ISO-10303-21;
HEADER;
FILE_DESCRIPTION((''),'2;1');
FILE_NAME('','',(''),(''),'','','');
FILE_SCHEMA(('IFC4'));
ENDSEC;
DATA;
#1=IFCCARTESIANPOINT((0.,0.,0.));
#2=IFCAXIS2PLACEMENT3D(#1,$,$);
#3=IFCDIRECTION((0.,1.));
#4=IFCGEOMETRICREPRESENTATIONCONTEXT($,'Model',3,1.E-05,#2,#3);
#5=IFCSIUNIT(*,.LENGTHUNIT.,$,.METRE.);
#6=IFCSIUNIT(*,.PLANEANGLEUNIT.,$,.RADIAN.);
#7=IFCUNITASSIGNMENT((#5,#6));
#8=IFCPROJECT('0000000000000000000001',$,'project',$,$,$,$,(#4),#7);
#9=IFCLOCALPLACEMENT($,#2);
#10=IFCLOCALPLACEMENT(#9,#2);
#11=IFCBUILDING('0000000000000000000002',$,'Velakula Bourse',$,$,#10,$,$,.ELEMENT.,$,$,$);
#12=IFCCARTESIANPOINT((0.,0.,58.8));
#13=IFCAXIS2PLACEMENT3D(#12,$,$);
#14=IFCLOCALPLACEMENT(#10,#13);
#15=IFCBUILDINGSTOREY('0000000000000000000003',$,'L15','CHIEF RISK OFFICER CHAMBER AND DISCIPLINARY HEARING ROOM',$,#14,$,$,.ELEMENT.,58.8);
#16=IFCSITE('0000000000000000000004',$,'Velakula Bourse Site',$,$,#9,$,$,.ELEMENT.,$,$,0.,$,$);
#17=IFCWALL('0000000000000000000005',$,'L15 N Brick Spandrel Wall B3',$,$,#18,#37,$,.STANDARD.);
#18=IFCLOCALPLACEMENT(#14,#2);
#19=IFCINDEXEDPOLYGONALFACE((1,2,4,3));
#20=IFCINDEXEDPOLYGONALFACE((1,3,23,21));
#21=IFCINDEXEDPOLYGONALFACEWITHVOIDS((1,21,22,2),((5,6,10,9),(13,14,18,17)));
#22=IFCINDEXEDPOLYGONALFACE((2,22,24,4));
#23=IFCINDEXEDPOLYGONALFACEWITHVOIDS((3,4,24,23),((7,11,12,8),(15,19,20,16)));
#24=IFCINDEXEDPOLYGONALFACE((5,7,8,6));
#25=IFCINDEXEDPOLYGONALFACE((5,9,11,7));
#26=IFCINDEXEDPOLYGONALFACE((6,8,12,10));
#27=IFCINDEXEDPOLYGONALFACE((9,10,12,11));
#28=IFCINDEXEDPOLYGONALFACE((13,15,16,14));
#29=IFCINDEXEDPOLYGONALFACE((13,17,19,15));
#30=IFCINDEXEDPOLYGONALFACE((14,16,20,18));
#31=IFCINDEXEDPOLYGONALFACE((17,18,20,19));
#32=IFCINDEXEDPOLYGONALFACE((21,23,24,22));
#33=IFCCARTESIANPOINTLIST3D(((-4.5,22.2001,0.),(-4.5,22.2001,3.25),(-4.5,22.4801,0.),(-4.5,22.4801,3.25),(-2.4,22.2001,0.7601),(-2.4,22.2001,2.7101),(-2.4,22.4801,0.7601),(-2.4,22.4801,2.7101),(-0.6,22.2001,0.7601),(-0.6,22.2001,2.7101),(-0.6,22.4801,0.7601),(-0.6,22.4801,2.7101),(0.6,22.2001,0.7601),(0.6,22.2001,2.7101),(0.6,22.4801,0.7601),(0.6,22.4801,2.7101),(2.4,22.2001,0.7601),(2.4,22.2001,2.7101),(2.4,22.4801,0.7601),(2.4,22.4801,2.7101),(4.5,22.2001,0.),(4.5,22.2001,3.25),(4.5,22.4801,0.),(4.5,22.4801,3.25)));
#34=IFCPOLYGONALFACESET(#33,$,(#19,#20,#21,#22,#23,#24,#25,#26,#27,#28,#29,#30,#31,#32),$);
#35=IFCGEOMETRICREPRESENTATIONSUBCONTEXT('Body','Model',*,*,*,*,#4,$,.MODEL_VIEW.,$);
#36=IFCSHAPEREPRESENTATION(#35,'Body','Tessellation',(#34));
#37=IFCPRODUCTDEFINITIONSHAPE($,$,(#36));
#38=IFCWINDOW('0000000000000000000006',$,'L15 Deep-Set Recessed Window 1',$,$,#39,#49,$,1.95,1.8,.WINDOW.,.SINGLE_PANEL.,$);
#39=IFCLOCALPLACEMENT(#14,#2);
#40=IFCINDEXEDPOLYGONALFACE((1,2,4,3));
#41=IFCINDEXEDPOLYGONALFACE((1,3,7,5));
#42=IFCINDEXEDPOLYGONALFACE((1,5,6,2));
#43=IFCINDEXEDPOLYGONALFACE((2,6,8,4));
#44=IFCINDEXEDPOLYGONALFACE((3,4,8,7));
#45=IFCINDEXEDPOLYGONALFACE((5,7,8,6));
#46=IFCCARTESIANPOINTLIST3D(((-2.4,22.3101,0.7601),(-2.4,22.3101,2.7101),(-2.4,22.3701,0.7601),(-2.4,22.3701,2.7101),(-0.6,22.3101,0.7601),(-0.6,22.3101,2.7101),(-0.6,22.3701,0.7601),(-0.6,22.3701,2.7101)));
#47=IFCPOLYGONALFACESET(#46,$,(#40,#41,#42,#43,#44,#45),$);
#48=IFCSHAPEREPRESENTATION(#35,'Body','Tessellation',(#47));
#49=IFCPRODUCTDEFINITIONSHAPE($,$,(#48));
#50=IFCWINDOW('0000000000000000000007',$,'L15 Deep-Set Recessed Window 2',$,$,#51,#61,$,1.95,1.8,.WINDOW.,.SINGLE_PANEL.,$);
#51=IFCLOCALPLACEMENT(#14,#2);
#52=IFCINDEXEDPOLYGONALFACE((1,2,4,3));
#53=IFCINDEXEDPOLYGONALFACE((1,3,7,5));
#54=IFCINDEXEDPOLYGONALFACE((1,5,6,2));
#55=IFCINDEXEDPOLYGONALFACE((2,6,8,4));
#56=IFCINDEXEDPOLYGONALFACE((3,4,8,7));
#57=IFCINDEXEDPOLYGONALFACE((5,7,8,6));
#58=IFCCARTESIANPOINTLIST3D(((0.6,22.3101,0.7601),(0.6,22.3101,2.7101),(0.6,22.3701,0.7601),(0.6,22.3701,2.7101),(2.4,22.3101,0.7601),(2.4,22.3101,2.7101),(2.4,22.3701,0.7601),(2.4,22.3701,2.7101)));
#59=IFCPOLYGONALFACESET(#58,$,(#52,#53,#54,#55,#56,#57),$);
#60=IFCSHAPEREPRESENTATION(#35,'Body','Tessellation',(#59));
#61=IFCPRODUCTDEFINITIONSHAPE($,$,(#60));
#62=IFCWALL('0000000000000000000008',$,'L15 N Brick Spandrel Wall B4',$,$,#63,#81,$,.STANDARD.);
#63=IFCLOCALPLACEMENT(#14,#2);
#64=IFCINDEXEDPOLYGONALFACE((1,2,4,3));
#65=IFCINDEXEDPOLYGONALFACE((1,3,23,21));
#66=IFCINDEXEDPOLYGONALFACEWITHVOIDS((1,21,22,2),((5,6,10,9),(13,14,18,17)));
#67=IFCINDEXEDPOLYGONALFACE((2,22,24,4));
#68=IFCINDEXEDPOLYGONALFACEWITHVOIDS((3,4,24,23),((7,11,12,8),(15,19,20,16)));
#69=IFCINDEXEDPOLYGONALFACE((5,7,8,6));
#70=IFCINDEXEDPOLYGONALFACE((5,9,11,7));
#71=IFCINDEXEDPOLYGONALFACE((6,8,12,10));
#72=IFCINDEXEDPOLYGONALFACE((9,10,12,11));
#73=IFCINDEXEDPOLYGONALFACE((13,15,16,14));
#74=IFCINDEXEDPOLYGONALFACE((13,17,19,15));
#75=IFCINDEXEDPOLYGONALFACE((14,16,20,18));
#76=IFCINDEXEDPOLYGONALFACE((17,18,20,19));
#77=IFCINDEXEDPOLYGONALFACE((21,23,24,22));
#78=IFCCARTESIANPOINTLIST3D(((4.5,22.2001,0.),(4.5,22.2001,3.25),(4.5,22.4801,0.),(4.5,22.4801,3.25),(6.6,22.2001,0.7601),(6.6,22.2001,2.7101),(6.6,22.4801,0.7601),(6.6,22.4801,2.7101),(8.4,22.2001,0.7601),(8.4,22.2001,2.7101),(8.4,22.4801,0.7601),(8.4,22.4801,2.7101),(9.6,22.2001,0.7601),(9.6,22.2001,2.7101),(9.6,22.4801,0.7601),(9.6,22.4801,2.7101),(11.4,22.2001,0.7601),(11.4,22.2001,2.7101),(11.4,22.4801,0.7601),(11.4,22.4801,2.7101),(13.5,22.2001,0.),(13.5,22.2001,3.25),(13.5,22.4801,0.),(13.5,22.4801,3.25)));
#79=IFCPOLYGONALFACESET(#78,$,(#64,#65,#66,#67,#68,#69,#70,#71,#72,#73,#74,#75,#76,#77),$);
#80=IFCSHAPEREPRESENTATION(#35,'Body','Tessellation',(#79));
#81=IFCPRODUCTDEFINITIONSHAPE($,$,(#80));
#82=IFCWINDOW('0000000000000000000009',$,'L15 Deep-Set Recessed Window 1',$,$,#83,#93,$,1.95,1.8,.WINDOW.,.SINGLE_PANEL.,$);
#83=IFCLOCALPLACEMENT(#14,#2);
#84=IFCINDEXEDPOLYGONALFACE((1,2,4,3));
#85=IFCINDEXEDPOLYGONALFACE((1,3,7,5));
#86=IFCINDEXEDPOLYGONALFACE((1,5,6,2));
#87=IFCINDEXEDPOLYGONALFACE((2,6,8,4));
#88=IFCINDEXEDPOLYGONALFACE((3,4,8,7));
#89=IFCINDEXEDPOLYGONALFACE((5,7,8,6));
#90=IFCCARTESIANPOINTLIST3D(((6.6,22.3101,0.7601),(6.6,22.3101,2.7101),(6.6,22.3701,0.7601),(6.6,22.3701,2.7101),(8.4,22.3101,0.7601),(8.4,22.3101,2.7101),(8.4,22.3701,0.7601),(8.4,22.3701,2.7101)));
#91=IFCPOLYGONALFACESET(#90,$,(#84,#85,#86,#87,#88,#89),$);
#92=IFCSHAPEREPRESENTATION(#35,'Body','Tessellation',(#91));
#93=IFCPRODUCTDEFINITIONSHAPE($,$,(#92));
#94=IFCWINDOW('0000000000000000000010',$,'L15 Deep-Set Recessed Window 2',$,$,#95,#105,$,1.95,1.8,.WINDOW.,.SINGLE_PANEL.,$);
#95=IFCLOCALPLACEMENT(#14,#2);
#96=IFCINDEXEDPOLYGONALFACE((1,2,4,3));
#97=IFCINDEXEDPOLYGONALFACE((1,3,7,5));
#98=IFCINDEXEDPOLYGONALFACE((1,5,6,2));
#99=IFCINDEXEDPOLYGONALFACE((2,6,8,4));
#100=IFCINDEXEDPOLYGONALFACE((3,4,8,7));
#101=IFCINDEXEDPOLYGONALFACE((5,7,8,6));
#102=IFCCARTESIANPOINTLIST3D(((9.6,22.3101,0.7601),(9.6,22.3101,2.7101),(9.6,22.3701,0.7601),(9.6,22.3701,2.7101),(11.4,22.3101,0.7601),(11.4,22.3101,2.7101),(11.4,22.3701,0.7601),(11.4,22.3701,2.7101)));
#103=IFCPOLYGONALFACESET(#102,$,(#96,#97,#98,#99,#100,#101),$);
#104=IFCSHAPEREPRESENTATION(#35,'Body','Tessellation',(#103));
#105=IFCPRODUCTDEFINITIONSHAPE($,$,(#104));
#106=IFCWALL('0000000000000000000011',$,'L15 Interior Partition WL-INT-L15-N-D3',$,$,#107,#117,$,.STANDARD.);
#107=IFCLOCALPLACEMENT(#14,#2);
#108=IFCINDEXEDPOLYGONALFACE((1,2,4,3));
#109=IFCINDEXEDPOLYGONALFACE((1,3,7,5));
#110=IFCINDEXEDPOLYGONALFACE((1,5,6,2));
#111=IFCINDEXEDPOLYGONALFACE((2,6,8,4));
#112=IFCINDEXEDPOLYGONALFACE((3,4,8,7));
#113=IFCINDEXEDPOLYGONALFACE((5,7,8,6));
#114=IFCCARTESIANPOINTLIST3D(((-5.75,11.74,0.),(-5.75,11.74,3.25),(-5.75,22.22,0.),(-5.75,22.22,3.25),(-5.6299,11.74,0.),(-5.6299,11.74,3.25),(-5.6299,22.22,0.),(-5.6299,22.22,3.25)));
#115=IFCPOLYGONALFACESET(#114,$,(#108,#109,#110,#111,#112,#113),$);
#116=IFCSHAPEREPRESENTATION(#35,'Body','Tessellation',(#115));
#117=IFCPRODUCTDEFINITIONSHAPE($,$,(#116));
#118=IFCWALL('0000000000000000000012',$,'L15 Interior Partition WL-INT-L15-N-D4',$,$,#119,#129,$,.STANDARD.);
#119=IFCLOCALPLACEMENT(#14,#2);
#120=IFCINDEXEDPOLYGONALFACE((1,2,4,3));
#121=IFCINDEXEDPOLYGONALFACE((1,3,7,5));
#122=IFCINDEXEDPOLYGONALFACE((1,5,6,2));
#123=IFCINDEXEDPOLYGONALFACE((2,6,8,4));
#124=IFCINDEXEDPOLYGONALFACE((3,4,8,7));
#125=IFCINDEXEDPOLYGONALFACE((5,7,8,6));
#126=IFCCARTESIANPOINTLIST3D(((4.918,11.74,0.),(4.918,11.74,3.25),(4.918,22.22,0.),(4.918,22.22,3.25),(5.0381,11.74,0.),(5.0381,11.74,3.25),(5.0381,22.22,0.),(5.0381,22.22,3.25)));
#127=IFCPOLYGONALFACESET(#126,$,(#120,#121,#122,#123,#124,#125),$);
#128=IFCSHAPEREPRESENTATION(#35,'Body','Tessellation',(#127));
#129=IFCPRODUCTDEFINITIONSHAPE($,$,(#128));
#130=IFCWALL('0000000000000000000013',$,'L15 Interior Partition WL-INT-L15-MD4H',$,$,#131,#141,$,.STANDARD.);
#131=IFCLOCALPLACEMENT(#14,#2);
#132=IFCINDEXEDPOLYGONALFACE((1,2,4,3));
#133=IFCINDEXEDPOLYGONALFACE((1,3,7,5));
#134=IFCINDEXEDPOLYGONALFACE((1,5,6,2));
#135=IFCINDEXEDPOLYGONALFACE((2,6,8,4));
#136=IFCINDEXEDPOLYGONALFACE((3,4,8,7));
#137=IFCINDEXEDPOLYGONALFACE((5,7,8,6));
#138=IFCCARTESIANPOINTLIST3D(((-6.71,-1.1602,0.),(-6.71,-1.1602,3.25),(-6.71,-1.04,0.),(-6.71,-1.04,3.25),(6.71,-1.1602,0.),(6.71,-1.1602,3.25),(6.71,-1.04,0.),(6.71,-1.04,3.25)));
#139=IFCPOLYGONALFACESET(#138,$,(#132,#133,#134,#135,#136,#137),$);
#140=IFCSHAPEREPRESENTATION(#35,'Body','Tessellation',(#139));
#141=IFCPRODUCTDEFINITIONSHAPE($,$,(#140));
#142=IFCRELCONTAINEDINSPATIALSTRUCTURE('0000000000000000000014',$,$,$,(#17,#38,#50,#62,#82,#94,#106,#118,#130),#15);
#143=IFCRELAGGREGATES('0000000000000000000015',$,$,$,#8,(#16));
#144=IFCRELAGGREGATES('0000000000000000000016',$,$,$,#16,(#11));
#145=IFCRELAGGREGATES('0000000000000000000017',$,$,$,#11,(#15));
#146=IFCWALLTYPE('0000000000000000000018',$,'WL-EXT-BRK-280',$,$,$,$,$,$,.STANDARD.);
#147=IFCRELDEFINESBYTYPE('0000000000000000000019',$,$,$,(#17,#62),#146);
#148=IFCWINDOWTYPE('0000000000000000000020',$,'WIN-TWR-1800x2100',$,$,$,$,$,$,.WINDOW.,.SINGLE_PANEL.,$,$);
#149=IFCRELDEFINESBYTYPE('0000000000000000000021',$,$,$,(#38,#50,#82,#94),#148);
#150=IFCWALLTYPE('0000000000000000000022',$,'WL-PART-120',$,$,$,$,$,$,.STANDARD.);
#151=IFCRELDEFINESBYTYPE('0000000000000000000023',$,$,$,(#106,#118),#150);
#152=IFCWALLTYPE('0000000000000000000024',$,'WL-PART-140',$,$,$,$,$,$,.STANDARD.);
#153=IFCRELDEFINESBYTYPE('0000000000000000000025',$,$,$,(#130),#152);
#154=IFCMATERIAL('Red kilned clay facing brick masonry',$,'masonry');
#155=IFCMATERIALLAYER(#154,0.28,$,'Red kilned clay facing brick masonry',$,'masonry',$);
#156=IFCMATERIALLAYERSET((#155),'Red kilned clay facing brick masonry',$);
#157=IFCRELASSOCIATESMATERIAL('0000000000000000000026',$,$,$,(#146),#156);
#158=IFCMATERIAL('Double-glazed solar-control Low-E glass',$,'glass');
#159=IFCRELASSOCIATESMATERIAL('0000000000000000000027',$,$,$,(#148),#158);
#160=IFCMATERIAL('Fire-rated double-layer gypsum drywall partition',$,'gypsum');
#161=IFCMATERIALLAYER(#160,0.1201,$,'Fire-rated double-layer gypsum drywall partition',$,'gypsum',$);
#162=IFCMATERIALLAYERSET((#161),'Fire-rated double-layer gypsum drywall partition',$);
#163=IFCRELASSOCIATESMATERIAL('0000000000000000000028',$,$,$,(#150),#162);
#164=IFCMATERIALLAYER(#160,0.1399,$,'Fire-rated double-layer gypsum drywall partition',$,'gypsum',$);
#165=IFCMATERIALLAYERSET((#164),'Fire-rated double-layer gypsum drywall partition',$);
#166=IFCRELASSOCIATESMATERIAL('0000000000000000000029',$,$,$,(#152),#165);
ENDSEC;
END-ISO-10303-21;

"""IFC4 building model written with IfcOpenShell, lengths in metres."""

from ifc_helpers import new_model, si_unit, direction, frame, frame_2d, origin, place, context, subcontext, project, spatial, rectangle, extrude, material, layer, layer_set, type_object, element, fill, save


model = new_model("IFC4")

# Units and contexts
model_context = context("Model", 3, precision=1e-05, world=origin(), true_north=direction((0.0, 1.0)))
body_context = subcontext(model_context, "Body", "Model", "MODEL_VIEW")
ifc_project = project(units=[si_unit("LENGTHUNIT", "METRE"), si_unit("PLANEANGLEUNIT", "RADIAN")], contexts=[model_context])

# Site, building, storey
site_placement = place(None, origin())
site = spatial("IfcSite", under=ifc_project, at=site_placement, Name="Velakula Bourse Site", CompositionType="ELEMENT", RefElevation=0.0)
building_placement = place(site_placement, origin())
building = spatial("IfcBuilding", under=site, at=building_placement, Name="Velakula Bourse", CompositionType="ELEMENT")
storey_placement = place(building_placement, frame((0.0, 0.0, 58.8)))
storey = spatial("IfcBuildingStorey", under=building, at=storey_placement, Name="L15", Description="CHIEF RISK OFFICER CHAMBER AND DISCIPLINARY HEARING ROOM", CompositionType="ELEMENT", Elevation=58.8)

# Walls, openings, windows
ifc_material_1 = material(Name="Red kilned clay facing brick masonry", Category="masonry")
ifc_layer_1 = layer(ifc_material_1, 0.28, Name="Red kilned clay facing brick masonry", Category="masonry")
ifc_layer_set_1 = layer_set([ifc_layer_1], Name="Red kilned clay facing brick masonry")
wall_type_1 = type_object("IfcWallType", Name="WL-EXT-BRK-280", PredefinedType="STANDARD", material=ifc_layer_set_1)
wall_1_placement = place(storey_placement, frame((-4.5, 22.3401, 0.0), z_axis=(0.0, 0.0, 1.0), x_axis=(1.0, 0.0, 0.0)))
wall_1 = element("IfcWall", 1, at=wall_1_placement, inside=storey, type_object=wall_type_1, Name="L15 N Brick Spandrel Wall B3", PredefinedType="STANDARD", context=body_context, shape_type="SweptSolid", body=[
    extrude(rectangle(XDim=9.0, YDim=0.28, at=frame_2d((4.5, 0.0))), origin(), (0.0, 0.0, 1.0), 3.25),
])
opening_1_placement = place(wall_1_placement, frame((2.1001, 0.0, 0.76)))
opening_1 = element("IfcOpeningElement", 2, at=opening_1_placement, cuts=wall_1, PredefinedType="OPENING", context=body_context, shape_type="SweptSolid", body=[
    extrude(rectangle(XDim=1.8, YDim=1.95, at=frame_2d((0.8999, 0.9751))), frame((0.0, 0.1499, 0.0), z_axis=(0.0, -1.0, 0.0), x_axis=(1.0, 0.0, 0.0)), (0.0, 0.0, 1.0), 0.3),
])
opening_2_placement = place(wall_1_placement, frame((5.1001, 0.0, 0.76)))
opening_2 = element("IfcOpeningElement", 3, at=opening_2_placement, cuts=wall_1, PredefinedType="OPENING", context=body_context, shape_type="SweptSolid", body=[
    extrude(rectangle(XDim=1.8, YDim=1.95, at=frame_2d((0.8999, 0.9751))), frame((0.0, 0.1499, 0.0), z_axis=(0.0, -1.0, 0.0), x_axis=(1.0, 0.0, 0.0)), (0.0, 0.0, 1.0), 0.3),
])
ifc_material_2 = material(Name="Double-glazed solar-control Low-E glass", Category="glass")
window_type = type_object("IfcWindowType", Name="WIN-TWR-1800x2100", PartitioningType="SINGLE_PANEL", PredefinedType="WINDOW", material=ifc_material_2)
window_1_placement = place(opening_1_placement, origin())
window_1 = element("IfcWindow", 4, at=window_1_placement, inside=storey, type_object=window_type, Name="L15 Deep-Set Recessed Window 1", OverallHeight=1.95, OverallWidth=1.8, PartitioningType="SINGLE_PANEL", PredefinedType="WINDOW", context=body_context, shape_type="SweptSolid", body=[
    extrude(rectangle(XDim=1.8, YDim=1.95, at=frame_2d((0.8999, 0.9751))), frame((0.0, 0.03, 0.0), z_axis=(0.0, -1.0, 0.0), x_axis=(1.0, 0.0, 0.0)), (0.0, 0.0, 1.0), 0.0601),
])
fill(opening_1, window_1)
window_2_placement = place(opening_2_placement, origin())
window_2 = element("IfcWindow", 5, at=window_2_placement, inside=storey, type_object=window_type, Name="L15 Deep-Set Recessed Window 2", OverallHeight=1.95, OverallWidth=1.8, PartitioningType="SINGLE_PANEL", PredefinedType="WINDOW", context=body_context, shape_type="SweptSolid", body=[
    extrude(rectangle(XDim=1.8, YDim=1.95, at=frame_2d((0.8999, 0.9751))), frame((0.0, 0.03, 0.0), z_axis=(0.0, -1.0, 0.0), x_axis=(1.0, 0.0, 0.0)), (0.0, 0.0, 1.0), 0.0601),
])
fill(opening_2, window_2)
wall_2_placement = place(storey_placement, frame((4.5, 22.3401, 0.0), z_axis=(0.0, 0.0, 1.0), x_axis=(1.0, 0.0, 0.0)))
wall_2 = element("IfcWall", 6, at=wall_2_placement, inside=storey, type_object=wall_type_1, Name="L15 N Brick Spandrel Wall B4", PredefinedType="STANDARD", context=body_context, shape_type="SweptSolid", body=[
    extrude(rectangle(XDim=9.0, YDim=0.28, at=frame_2d((4.5, 0.0))), origin(), (0.0, 0.0, 1.0), 3.25),
])
opening_3_placement = place(wall_2_placement, frame((2.1001, 0.0, 0.76)))
opening_3 = element("IfcOpeningElement", 7, at=opening_3_placement, cuts=wall_2, PredefinedType="OPENING", context=body_context, shape_type="SweptSolid", body=[
    extrude(rectangle(XDim=1.8, YDim=1.95, at=frame_2d((0.8999, 0.9751))), frame((0.0, 0.1499, 0.0), z_axis=(0.0, -1.0, 0.0), x_axis=(1.0, 0.0, 0.0)), (0.0, 0.0, 1.0), 0.3),
])
opening_4_placement = place(wall_2_placement, frame((5.1001, 0.0, 0.76)))
opening_4 = element("IfcOpeningElement", 8, at=opening_4_placement, cuts=wall_2, PredefinedType="OPENING", context=body_context, shape_type="SweptSolid", body=[
    extrude(rectangle(XDim=1.8, YDim=1.95, at=frame_2d((0.8999, 0.9751))), frame((0.0, 0.1499, 0.0), z_axis=(0.0, -1.0, 0.0), x_axis=(1.0, 0.0, 0.0)), (0.0, 0.0, 1.0), 0.3),
])
window_3_placement = place(opening_3_placement, origin())
window_3 = element("IfcWindow", 9, at=window_3_placement, inside=storey, type_object=window_type, Name="L15 Deep-Set Recessed Window 1", OverallHeight=1.95, OverallWidth=1.8, PartitioningType="SINGLE_PANEL", PredefinedType="WINDOW", context=body_context, shape_type="SweptSolid", body=[
    extrude(rectangle(XDim=1.8, YDim=1.95, at=frame_2d((0.8999, 0.9751))), frame((0.0, 0.03, 0.0), z_axis=(0.0, -1.0, 0.0), x_axis=(1.0, 0.0, 0.0)), (0.0, 0.0, 1.0), 0.0601),
])
fill(opening_3, window_3)
window_4_placement = place(opening_4_placement, origin())
window_4 = element("IfcWindow", 10, at=window_4_placement, inside=storey, type_object=window_type, Name="L15 Deep-Set Recessed Window 2", OverallHeight=1.95, OverallWidth=1.8, PartitioningType="SINGLE_PANEL", PredefinedType="WINDOW", context=body_context, shape_type="SweptSolid", body=[
    extrude(rectangle(XDim=1.8, YDim=1.95, at=frame_2d((0.8999, 0.9751))), frame((0.0, 0.03, 0.0), z_axis=(0.0, -1.0, 0.0), x_axis=(1.0, 0.0, 0.0)), (0.0, 0.0, 1.0), 0.0601),
])
fill(opening_4, window_4)

# Walls
ifc_material_3 = material(Name="Fire-rated double-layer gypsum drywall partition", Category="gypsum")
ifc_layer_2 = layer(ifc_material_3, 0.1201, Name="Fire-rated double-layer gypsum drywall partition", Category="gypsum")
ifc_layer_set_2 = layer_set([ifc_layer_2], Name="Fire-rated double-layer gypsum drywall partition")
wall_type_2 = type_object("IfcWallType", Name="WL-PART-120", PredefinedType="STANDARD", material=ifc_layer_set_2)
for number, where, z_axis, x_axis, name in (
    (11, (-5.6899, 11.74, 0.0), (0.0, 0.0, 1.0), (0.0, 1.0, 0.0), "L15 Interior Partition WL-INT-L15-N-D3"),
    (12, (4.978, 11.74, 0.0), (0.0, 0.0, 1.0), (0.0, 1.0, 0.0), "L15 Interior Partition WL-INT-L15-N-D4"),
):
    element("IfcWall", number, at=place(storey_placement, frame(where, z_axis=z_axis, x_axis=x_axis)), inside=storey, type_object=wall_type_2, Name=name, PredefinedType="STANDARD", context=body_context, shape_type="SweptSolid", body=[
        extrude(rectangle(XDim=10.48, YDim=0.1201, at=frame_2d((5.24, 0.0))), origin(), (0.0, 0.0, 1.0), 3.25),
    ])
ifc_layer_3 = layer(ifc_material_3, 0.1399, Name="Fire-rated double-layer gypsum drywall partition", Category="gypsum")
ifc_layer_set_3 = layer_set([ifc_layer_3], Name="Fire-rated double-layer gypsum drywall partition")
wall_type_3 = type_object("IfcWallType", Name="WL-PART-140", PredefinedType="STANDARD", material=ifc_layer_set_3)
wall_3_placement = place(storey_placement, frame((-6.71, -1.1001, 0.0), z_axis=(0.0, 0.0, 1.0), x_axis=(1.0, 0.0, 0.0)))
element("IfcWall", 13, at=wall_3_placement, inside=storey, type_object=wall_type_3, Name="L15 Interior Partition WL-INT-L15-MD4H", PredefinedType="STANDARD", context=body_context, shape_type="SweptSolid", body=[
    extrude(rectangle(XDim=13.4199, YDim=0.1201, at=frame_2d((6.71, 0.0))), origin(), (0.0, 0.0, 1.0), 3.25),
])

save(model, "model.ifc")
